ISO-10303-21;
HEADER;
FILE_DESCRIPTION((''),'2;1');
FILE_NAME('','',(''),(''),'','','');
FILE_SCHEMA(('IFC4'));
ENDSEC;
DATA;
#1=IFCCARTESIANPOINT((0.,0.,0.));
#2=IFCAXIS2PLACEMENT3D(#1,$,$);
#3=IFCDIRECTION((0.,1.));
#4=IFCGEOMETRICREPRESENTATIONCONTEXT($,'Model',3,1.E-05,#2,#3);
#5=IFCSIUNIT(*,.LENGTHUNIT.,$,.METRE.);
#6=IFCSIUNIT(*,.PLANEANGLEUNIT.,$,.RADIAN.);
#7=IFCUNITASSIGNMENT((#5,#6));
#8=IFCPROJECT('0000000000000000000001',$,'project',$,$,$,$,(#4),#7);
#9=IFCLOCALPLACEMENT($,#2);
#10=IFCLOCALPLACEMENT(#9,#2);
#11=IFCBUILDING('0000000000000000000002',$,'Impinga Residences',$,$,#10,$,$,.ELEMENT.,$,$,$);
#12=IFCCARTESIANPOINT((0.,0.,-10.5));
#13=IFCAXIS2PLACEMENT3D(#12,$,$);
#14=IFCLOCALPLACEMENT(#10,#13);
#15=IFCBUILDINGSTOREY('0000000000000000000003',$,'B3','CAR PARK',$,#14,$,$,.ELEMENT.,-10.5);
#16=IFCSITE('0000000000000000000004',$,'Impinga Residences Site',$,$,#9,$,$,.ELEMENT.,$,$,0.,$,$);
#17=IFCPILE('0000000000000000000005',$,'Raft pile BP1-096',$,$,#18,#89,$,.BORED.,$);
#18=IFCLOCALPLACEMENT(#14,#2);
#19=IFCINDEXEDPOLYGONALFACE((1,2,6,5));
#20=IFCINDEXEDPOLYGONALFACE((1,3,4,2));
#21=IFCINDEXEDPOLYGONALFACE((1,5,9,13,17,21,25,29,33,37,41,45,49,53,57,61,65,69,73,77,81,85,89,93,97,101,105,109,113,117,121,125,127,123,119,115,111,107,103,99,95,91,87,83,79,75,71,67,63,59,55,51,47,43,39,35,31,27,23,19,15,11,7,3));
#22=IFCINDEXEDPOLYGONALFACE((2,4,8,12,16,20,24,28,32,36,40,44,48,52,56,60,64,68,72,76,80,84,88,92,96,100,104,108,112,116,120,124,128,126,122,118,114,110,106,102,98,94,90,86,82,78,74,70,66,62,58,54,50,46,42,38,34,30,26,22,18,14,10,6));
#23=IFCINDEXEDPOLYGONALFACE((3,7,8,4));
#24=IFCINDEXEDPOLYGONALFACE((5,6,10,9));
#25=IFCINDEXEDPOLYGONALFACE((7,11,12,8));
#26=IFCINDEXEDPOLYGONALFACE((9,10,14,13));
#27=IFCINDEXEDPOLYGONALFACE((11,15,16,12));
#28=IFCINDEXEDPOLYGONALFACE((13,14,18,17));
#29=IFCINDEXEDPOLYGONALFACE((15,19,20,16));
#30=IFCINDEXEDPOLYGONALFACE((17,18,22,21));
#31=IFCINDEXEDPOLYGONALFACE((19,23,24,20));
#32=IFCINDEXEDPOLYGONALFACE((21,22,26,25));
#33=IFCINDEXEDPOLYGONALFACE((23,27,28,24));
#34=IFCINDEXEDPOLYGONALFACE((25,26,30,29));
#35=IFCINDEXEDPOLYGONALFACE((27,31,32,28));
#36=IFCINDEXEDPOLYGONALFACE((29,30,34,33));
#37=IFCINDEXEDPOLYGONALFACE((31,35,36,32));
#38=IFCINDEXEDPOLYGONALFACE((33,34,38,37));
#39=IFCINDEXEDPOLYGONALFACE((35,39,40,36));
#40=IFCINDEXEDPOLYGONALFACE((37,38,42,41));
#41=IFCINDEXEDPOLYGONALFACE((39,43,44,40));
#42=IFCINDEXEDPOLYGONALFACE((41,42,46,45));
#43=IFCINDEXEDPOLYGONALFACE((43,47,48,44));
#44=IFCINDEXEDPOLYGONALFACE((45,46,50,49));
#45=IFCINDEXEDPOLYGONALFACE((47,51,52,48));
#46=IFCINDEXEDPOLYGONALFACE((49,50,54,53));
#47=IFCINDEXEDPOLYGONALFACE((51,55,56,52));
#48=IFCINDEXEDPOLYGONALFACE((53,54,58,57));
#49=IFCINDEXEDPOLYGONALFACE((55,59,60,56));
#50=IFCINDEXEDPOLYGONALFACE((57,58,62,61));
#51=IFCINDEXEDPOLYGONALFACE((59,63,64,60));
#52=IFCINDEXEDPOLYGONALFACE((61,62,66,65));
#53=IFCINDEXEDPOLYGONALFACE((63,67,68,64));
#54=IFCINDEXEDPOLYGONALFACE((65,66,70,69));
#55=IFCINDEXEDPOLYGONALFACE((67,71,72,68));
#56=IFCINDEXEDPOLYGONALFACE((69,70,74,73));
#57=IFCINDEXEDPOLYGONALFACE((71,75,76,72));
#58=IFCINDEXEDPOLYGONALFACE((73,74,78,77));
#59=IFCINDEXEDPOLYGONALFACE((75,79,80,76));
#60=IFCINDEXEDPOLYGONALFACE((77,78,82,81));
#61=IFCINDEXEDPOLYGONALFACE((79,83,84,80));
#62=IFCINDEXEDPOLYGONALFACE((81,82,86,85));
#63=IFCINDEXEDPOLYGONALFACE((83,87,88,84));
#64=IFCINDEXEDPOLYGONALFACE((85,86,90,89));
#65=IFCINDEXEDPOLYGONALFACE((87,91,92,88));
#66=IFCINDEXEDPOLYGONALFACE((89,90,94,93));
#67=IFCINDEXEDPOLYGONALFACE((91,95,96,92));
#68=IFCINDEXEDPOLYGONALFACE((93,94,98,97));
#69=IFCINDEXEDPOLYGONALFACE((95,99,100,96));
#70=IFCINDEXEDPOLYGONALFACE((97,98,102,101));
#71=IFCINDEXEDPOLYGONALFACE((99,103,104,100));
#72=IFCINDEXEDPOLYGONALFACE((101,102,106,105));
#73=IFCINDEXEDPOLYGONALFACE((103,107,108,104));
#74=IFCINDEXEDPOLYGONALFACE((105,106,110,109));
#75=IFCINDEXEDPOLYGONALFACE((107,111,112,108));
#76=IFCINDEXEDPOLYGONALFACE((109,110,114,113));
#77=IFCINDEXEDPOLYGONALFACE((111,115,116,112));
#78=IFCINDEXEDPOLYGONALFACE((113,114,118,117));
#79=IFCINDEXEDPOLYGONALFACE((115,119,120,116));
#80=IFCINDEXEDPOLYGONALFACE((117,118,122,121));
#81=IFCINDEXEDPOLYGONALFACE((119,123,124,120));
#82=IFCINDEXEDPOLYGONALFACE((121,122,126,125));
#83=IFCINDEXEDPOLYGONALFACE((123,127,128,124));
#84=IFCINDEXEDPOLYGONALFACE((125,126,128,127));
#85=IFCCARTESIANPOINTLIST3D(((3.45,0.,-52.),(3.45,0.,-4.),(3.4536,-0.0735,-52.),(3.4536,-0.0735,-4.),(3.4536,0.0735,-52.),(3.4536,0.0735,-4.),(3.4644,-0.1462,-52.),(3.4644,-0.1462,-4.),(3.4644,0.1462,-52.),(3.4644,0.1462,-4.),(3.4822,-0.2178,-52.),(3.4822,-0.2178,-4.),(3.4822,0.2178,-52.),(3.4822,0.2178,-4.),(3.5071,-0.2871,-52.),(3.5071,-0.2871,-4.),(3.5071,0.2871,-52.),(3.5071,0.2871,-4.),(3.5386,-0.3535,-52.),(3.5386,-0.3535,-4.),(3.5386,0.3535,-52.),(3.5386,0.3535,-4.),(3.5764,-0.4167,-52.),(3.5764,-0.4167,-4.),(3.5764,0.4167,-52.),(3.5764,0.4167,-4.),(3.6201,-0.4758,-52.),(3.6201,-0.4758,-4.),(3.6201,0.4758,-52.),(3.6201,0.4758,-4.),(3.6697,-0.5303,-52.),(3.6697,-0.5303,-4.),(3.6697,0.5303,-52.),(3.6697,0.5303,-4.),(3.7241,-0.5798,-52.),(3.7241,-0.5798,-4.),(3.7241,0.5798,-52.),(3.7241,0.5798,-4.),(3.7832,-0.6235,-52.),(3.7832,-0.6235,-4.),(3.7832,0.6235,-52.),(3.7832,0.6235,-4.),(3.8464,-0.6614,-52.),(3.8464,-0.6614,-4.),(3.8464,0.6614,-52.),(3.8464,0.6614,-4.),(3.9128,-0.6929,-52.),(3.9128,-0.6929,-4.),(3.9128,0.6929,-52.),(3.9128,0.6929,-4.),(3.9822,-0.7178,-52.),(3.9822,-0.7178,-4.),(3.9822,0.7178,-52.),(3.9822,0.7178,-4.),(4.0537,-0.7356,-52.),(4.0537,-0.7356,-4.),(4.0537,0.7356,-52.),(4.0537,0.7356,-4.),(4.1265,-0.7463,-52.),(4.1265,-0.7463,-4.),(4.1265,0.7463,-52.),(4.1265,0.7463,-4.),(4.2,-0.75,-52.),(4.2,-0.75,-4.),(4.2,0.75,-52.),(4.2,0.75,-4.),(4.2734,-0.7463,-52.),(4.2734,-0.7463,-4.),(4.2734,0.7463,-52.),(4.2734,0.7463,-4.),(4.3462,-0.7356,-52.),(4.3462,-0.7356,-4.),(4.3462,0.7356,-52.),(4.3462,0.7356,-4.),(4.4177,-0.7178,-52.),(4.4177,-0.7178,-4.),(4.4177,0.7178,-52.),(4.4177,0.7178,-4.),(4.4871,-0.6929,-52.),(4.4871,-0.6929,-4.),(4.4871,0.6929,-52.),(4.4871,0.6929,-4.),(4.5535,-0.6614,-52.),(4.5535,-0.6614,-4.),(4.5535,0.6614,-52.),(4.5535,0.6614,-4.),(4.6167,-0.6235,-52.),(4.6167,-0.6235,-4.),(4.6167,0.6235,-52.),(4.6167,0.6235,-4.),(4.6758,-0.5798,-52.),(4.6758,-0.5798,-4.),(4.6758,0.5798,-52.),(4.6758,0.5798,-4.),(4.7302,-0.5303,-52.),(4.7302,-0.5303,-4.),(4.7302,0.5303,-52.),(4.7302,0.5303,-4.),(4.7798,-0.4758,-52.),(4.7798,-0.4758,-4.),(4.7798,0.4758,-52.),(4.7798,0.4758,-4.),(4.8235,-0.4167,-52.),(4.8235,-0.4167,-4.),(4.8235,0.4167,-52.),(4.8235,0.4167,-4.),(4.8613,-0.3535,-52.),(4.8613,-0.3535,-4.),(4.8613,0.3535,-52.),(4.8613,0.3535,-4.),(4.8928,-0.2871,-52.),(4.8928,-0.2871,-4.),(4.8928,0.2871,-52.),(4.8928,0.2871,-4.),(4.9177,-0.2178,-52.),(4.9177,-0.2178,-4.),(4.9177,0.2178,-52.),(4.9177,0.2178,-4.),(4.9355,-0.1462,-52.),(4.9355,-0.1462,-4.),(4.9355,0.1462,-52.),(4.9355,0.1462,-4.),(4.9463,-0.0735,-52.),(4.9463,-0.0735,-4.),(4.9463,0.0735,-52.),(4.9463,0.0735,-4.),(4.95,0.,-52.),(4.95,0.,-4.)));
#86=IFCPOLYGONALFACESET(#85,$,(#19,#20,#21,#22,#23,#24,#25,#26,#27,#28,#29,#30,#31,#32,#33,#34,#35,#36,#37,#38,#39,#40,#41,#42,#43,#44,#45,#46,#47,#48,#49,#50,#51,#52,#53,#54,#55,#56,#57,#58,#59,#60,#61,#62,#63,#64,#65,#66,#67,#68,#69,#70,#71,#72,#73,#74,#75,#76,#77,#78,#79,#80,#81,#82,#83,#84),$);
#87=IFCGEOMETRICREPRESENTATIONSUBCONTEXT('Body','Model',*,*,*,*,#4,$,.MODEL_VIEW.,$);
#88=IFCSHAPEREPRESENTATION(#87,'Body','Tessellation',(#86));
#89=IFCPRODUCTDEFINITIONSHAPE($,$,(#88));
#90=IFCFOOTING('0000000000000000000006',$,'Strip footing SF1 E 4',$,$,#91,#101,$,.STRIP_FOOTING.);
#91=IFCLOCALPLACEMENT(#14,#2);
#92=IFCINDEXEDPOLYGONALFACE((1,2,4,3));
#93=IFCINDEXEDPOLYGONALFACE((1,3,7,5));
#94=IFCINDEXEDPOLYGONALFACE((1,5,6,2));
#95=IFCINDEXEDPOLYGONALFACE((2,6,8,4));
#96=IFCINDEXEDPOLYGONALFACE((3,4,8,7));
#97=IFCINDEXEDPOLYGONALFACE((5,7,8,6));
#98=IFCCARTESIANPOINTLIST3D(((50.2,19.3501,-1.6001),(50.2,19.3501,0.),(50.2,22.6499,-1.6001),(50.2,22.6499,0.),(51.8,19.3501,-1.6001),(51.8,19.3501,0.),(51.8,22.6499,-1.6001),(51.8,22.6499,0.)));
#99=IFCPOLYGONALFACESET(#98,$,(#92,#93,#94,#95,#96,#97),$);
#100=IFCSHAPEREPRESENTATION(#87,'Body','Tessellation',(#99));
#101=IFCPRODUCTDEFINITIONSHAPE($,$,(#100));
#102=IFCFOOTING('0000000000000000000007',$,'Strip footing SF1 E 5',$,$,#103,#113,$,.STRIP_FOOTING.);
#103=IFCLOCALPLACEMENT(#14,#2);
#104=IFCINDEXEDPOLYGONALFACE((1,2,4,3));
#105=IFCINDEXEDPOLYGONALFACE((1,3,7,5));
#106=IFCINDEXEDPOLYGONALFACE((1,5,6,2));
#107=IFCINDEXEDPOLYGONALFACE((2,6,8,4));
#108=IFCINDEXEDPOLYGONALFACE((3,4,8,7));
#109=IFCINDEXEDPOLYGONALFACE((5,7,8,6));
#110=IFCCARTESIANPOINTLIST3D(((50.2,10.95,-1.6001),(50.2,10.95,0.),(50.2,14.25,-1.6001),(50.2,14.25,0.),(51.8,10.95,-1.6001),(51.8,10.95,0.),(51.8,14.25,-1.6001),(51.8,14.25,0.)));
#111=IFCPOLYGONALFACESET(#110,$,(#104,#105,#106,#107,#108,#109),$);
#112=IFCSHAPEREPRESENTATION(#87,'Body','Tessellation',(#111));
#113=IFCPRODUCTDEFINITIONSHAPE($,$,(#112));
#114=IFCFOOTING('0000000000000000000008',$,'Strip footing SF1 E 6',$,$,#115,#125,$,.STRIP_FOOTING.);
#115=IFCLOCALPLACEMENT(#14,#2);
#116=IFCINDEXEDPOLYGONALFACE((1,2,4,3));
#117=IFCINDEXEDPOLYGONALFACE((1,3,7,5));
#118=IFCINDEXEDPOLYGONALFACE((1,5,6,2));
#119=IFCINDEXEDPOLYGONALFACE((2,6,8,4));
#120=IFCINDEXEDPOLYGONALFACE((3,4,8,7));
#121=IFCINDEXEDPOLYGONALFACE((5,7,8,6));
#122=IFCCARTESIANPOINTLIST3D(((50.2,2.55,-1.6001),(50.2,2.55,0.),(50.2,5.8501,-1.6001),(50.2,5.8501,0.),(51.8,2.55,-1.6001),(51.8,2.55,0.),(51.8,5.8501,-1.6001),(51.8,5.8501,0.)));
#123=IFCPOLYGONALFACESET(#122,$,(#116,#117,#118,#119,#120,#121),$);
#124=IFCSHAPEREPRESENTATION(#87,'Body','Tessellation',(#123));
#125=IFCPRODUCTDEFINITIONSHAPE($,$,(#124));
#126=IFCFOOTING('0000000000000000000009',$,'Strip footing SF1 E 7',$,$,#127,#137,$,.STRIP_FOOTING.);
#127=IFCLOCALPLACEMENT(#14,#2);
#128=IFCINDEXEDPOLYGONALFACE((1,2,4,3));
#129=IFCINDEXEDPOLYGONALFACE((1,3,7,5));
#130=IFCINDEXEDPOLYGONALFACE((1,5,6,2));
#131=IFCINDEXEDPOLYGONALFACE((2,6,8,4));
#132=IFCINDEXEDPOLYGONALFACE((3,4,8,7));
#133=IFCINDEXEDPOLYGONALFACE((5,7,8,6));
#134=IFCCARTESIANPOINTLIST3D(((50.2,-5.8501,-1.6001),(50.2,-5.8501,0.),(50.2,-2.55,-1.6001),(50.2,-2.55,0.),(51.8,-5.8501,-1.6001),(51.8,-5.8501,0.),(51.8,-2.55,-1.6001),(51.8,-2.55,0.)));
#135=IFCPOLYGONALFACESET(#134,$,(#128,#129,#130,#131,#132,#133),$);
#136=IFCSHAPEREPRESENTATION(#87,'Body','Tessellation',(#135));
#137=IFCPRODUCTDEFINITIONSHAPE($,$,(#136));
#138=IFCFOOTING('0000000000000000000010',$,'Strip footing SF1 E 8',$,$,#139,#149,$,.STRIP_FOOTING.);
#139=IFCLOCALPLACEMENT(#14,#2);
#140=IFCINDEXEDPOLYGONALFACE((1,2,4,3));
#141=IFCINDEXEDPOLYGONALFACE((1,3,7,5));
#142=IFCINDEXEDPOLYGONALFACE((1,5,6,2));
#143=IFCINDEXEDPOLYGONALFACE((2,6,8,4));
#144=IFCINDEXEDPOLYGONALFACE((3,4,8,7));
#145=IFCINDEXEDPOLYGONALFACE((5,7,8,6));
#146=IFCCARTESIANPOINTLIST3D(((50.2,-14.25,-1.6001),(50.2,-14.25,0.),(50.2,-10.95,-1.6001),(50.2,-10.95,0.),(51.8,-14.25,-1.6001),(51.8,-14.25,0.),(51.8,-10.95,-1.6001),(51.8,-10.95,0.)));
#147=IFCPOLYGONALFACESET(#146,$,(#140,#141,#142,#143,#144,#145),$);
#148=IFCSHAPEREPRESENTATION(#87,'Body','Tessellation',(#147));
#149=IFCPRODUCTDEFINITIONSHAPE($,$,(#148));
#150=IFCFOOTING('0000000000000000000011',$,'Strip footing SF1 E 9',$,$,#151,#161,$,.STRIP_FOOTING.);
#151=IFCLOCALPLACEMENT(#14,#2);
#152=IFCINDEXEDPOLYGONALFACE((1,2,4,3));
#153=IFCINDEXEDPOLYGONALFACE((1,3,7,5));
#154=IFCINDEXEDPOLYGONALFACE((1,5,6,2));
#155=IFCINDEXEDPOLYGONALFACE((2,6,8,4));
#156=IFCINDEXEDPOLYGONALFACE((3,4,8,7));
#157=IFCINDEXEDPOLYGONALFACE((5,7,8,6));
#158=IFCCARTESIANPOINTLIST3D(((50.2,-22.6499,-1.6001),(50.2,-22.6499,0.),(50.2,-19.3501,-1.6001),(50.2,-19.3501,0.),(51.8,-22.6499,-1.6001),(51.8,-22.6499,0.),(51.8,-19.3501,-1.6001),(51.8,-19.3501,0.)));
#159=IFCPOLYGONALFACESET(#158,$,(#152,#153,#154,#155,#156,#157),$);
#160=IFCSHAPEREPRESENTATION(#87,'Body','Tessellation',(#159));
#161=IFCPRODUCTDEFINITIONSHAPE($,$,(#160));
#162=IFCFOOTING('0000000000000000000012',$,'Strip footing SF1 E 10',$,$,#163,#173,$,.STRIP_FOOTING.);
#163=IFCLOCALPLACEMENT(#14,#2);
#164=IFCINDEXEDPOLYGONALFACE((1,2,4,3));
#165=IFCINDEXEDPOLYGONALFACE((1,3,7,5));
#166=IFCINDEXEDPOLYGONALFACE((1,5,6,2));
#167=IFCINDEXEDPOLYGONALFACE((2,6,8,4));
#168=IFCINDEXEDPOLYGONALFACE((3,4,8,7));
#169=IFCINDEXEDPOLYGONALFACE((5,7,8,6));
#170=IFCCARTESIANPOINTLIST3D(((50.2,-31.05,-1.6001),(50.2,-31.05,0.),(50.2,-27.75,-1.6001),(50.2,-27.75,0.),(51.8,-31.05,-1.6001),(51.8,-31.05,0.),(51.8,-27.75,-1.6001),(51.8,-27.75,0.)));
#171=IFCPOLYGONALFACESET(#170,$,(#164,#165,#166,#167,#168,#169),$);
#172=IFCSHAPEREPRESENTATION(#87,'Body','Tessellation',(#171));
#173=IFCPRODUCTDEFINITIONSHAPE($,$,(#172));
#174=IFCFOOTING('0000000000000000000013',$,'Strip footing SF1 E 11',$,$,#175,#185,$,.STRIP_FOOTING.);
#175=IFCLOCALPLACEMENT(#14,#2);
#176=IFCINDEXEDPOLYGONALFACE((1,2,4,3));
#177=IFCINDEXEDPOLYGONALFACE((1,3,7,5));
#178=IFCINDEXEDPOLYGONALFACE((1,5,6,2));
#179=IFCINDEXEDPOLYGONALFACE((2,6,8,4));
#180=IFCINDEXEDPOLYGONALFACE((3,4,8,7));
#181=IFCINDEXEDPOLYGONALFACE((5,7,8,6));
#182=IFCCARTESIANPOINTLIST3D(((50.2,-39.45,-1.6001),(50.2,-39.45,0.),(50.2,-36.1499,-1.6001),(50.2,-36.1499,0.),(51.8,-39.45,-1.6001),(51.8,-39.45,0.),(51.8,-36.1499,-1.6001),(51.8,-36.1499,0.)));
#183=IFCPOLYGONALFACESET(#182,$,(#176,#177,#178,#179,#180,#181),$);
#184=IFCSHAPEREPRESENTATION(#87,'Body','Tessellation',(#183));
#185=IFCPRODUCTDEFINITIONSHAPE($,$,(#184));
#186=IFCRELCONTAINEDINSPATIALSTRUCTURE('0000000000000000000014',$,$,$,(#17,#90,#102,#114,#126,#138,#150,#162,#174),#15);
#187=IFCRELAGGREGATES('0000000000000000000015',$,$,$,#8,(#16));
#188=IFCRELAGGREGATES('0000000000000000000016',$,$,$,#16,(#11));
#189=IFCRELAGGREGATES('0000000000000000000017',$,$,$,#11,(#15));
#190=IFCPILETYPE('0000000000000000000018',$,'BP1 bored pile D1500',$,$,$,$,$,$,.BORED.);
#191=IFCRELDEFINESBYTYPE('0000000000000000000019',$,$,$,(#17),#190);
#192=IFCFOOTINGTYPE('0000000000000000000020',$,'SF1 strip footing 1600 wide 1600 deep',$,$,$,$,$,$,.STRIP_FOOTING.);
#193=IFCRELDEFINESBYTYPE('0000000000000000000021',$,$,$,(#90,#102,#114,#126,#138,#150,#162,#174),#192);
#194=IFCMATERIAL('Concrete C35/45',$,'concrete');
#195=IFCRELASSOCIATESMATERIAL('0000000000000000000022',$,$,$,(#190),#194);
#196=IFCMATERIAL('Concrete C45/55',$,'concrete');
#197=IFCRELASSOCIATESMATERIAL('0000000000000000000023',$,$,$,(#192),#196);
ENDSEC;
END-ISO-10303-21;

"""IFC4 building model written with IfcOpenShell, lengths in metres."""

from ifc_helpers import new_model, si_unit, direction, frame, origin, origin_2d, place, context, subcontext, project, spatial, polyline, circle, outline, extrude, material, material_profile, profile_set, type_object, element, save


model = new_model("IFC4")

# Units and contexts
model_context = context("Model", 3, precision=1e-05, world=origin(), true_north=direction((0.0, 1.0)))
body_context = subcontext(model_context, "Body", "Model", "MODEL_VIEW")
ifc_project = project(units=[si_unit("LENGTHUNIT", "METRE"), si_unit("PLANEANGLEUNIT", "RADIAN")], contexts=[model_context])

# Site, building, storey
site_placement = place(None, origin())
site = spatial("IfcSite", under=ifc_project, at=site_placement, Name="Impinga Residences Site", CompositionType="ELEMENT", RefElevation=0.0)
building_placement = place(site_placement, origin())
building = spatial("IfcBuilding", under=site, at=building_placement, Name="Impinga Residences", CompositionType="ELEMENT")
storey_placement = place(building_placement, frame((0.0, 0.0, -10.5)))
storey = spatial("IfcBuildingStorey", under=building, at=storey_placement, Name="B3", Description="CAR PARK", CompositionType="ELEMENT", Elevation=-10.5)

# Pile
ifc_material_1 = material(Name="Concrete C35/45", Category="concrete")
ifc_material_profile = material_profile(ifc_material_1, circle(Radius=0.75, at=origin_2d()), Name="D1500")
ifc_profile_set = profile_set([ifc_material_profile], Name="Concrete C35/45")
pile_type = type_object("IfcPileType", Name="BP1 bored pile D1500", PredefinedType="BORED", material=ifc_profile_set)
pile_placement = place(storey_placement, frame((4.2, 0.0, -4.0), z_axis=(0.0, 0.0, -1.0), x_axis=(1.0, 0.0, 0.0)))
element("IfcPile", 1, at=pile_placement, inside=storey, type_object=pile_type, Name="Raft pile BP1-096", PredefinedType="BORED", context=body_context, shape_type="SweptSolid", body=[
    extrude(outline(polyline([(0.75, 0.0), (0.7463, 0.0735), (0.7356, 0.1462), (0.7178, 0.2178), (0.6929, 0.2871), (0.6614, 0.3535), (0.6235, 0.4167), (0.5798, 0.4758), (0.5303, 0.5303), (0.4758, 0.5798), (0.4167, 0.6235), (0.3535, 0.6614), (0.2871, 0.6929), (0.2178, 0.7178), (0.1462, 0.7356), (0.0735, 0.7463), (0.0, 0.75), (-0.0735, 0.7463), (-0.1462, 0.7356), (-0.2178, 0.7178), (-0.2871, 0.6929), (-0.3535, 0.6614), (-0.4167, 0.6235), (-0.4758, 0.5798), (-0.5303, 0.5303), (-0.5798, 0.4758), (-0.6235, 0.4167), (-0.6614, 0.3535), (-0.6929, 0.2871), (-0.7178, 0.2178), (-0.7356, 0.1462), (-0.7463, 0.0735), (-0.75, 0.0), (-0.7463, -0.0735), (-0.7356, -0.1462), (-0.7178, -0.2178), (-0.6929, -0.2871), (-0.6614, -0.3535), (-0.6235, -0.4167), (-0.5798, -0.4758), (-0.5303, -0.5303), (-0.4758, -0.5798), (-0.4167, -0.6235), (-0.3535, -0.6614), (-0.2871, -0.6929), (-0.2178, -0.7178), (-0.1462, -0.7356), (-0.0735, -0.7463), (0.0, -0.75), (0.0735, -0.7463), (0.1462, -0.7356), (0.2178, -0.7178), (0.2871, -0.6929), (0.3535, -0.6614), (0.4167, -0.6235), (0.4758, -0.5798), (0.5303, -0.5303), (0.5798, -0.4758), (0.6235, -0.4167), (0.6614, -0.3535), (0.6929, -0.2871), (0.7178, -0.2178), (0.7356, -0.1462), (0.7463, -0.0735), (0.75, 0.0)])), origin(), (0.0, 0.0, 1.0), 48.0),
])

# Footings
ifc_material_2 = material(Name="Concrete C45/55", Category="concrete")
footing_type = type_object("IfcFootingType", Name="SF1 strip footing 1600 wide 1600 deep", PredefinedType="STRIP_FOOTING", material=ifc_material_2)
footing_1_placement = place(storey_placement, frame((0.0, 0.0, -1.6001)))
element("IfcFooting", 2, at=footing_1_placement, inside=storey, type_object=footing_type, Name="Strip footing SF1 E 4", PredefinedType="STRIP_FOOTING", context=body_context, shape_type="SweptSolid", body=[
    extrude(outline(polyline([(51.8, 19.3501), (50.2, 19.3501), (50.2, 22.6499), (51.8, 22.6499), (51.8, 19.3501)])), origin(), (0.0, 0.0, 1.0), 1.6001),
])
footing_2_placement = place(storey_placement, frame((0.0, 0.0, -1.6001)))
element("IfcFooting", 3, at=footing_2_placement, inside=storey, type_object=footing_type, Name="Strip footing SF1 E 5", PredefinedType="STRIP_FOOTING", context=body_context, shape_type="SweptSolid", body=[
    extrude(outline(polyline([(51.8, 10.95), (50.2, 10.95), (50.2, 14.25), (51.8, 14.25), (51.8, 10.95)])), origin(), (0.0, 0.0, 1.0), 1.6001),
])
footing_3_placement = place(storey_placement, frame((0.0, 0.0, -1.6001)))
element("IfcFooting", 4, at=footing_3_placement, inside=storey, type_object=footing_type, Name="Strip footing SF1 E 6", PredefinedType="STRIP_FOOTING", context=body_context, shape_type="SweptSolid", body=[
    extrude(outline(polyline([(51.8, 2.55), (50.2, 2.55), (50.2, 5.8501), (51.8, 5.8501), (51.8, 2.55)])), origin(), (0.0, 0.0, 1.0), 1.6001),
])
footing_4_placement = place(storey_placement, frame((0.0, 0.0, -1.6001)))
element("IfcFooting", 5, at=footing_4_placement, inside=storey, type_object=footing_type, Name="Strip footing SF1 E 7", PredefinedType="STRIP_FOOTING", context=body_context, shape_type="SweptSolid", body=[
    extrude(outline(polyline([(51.8, -5.8501), (50.2, -5.8501), (50.2, -2.55), (51.8, -2.55), (51.8, -5.8501)])), origin(), (0.0, 0.0, 1.0), 1.6001),
])
footing_5_placement = place(storey_placement, frame((0.0, 0.0, -1.6001)))
element("IfcFooting", 6, at=footing_5_placement, inside=storey, type_object=footing_type, Name="Strip footing SF1 E 8", PredefinedType="STRIP_FOOTING", context=body_context, shape_type="SweptSolid", body=[
    extrude(outline(polyline([(51.8, -14.25), (50.2, -14.25), (50.2, -10.95), (51.8, -10.95), (51.8, -14.25)])), origin(), (0.0, 0.0, 1.0), 1.6001),
])
footing_6_placement = place(storey_placement, frame((0.0, 0.0, -1.6001)))
element("IfcFooting", 7, at=footing_6_placement, inside=storey, type_object=footing_type, Name="Strip footing SF1 E 9", PredefinedType="STRIP_FOOTING", context=body_context, shape_type="SweptSolid", body=[
    extrude(outline(polyline([(51.8, -22.6499), (50.2, -22.6499), (50.2, -19.3501), (51.8, -19.3501), (51.8, -22.6499)])), origin(), (0.0, 0.0, 1.0), 1.6001),
])
footing_7_placement = place(storey_placement, frame((0.0, 0.0, -1.6001)))
element("IfcFooting", 8, at=footing_7_placement, inside=storey, type_object=footing_type, Name="Strip footing SF1 E 10", PredefinedType="STRIP_FOOTING", context=body_context, shape_type="SweptSolid", body=[
    extrude(outline(polyline([(51.8, -31.05), (50.2, -31.05), (50.2, -27.75), (51.8, -27.75), (51.8, -31.05)])), origin(), (0.0, 0.0, 1.0), 1.6001),
])
footing_8_placement = place(storey_placement, frame((0.0, 0.0, -1.6001)))
element("IfcFooting", 9, at=footing_8_placement, inside=storey, type_object=footing_type, Name="Strip footing SF1 E 11", PredefinedType="STRIP_FOOTING", context=body_context, shape_type="SweptSolid", body=[
    extrude(outline(polyline([(51.8, -39.45), (50.2, -39.45), (50.2, -36.1499), (51.8, -36.1499), (51.8, -39.45)])), origin(), (0.0, 0.0, 1.0), 1.6001),
])

save(model, "model.ifc")
